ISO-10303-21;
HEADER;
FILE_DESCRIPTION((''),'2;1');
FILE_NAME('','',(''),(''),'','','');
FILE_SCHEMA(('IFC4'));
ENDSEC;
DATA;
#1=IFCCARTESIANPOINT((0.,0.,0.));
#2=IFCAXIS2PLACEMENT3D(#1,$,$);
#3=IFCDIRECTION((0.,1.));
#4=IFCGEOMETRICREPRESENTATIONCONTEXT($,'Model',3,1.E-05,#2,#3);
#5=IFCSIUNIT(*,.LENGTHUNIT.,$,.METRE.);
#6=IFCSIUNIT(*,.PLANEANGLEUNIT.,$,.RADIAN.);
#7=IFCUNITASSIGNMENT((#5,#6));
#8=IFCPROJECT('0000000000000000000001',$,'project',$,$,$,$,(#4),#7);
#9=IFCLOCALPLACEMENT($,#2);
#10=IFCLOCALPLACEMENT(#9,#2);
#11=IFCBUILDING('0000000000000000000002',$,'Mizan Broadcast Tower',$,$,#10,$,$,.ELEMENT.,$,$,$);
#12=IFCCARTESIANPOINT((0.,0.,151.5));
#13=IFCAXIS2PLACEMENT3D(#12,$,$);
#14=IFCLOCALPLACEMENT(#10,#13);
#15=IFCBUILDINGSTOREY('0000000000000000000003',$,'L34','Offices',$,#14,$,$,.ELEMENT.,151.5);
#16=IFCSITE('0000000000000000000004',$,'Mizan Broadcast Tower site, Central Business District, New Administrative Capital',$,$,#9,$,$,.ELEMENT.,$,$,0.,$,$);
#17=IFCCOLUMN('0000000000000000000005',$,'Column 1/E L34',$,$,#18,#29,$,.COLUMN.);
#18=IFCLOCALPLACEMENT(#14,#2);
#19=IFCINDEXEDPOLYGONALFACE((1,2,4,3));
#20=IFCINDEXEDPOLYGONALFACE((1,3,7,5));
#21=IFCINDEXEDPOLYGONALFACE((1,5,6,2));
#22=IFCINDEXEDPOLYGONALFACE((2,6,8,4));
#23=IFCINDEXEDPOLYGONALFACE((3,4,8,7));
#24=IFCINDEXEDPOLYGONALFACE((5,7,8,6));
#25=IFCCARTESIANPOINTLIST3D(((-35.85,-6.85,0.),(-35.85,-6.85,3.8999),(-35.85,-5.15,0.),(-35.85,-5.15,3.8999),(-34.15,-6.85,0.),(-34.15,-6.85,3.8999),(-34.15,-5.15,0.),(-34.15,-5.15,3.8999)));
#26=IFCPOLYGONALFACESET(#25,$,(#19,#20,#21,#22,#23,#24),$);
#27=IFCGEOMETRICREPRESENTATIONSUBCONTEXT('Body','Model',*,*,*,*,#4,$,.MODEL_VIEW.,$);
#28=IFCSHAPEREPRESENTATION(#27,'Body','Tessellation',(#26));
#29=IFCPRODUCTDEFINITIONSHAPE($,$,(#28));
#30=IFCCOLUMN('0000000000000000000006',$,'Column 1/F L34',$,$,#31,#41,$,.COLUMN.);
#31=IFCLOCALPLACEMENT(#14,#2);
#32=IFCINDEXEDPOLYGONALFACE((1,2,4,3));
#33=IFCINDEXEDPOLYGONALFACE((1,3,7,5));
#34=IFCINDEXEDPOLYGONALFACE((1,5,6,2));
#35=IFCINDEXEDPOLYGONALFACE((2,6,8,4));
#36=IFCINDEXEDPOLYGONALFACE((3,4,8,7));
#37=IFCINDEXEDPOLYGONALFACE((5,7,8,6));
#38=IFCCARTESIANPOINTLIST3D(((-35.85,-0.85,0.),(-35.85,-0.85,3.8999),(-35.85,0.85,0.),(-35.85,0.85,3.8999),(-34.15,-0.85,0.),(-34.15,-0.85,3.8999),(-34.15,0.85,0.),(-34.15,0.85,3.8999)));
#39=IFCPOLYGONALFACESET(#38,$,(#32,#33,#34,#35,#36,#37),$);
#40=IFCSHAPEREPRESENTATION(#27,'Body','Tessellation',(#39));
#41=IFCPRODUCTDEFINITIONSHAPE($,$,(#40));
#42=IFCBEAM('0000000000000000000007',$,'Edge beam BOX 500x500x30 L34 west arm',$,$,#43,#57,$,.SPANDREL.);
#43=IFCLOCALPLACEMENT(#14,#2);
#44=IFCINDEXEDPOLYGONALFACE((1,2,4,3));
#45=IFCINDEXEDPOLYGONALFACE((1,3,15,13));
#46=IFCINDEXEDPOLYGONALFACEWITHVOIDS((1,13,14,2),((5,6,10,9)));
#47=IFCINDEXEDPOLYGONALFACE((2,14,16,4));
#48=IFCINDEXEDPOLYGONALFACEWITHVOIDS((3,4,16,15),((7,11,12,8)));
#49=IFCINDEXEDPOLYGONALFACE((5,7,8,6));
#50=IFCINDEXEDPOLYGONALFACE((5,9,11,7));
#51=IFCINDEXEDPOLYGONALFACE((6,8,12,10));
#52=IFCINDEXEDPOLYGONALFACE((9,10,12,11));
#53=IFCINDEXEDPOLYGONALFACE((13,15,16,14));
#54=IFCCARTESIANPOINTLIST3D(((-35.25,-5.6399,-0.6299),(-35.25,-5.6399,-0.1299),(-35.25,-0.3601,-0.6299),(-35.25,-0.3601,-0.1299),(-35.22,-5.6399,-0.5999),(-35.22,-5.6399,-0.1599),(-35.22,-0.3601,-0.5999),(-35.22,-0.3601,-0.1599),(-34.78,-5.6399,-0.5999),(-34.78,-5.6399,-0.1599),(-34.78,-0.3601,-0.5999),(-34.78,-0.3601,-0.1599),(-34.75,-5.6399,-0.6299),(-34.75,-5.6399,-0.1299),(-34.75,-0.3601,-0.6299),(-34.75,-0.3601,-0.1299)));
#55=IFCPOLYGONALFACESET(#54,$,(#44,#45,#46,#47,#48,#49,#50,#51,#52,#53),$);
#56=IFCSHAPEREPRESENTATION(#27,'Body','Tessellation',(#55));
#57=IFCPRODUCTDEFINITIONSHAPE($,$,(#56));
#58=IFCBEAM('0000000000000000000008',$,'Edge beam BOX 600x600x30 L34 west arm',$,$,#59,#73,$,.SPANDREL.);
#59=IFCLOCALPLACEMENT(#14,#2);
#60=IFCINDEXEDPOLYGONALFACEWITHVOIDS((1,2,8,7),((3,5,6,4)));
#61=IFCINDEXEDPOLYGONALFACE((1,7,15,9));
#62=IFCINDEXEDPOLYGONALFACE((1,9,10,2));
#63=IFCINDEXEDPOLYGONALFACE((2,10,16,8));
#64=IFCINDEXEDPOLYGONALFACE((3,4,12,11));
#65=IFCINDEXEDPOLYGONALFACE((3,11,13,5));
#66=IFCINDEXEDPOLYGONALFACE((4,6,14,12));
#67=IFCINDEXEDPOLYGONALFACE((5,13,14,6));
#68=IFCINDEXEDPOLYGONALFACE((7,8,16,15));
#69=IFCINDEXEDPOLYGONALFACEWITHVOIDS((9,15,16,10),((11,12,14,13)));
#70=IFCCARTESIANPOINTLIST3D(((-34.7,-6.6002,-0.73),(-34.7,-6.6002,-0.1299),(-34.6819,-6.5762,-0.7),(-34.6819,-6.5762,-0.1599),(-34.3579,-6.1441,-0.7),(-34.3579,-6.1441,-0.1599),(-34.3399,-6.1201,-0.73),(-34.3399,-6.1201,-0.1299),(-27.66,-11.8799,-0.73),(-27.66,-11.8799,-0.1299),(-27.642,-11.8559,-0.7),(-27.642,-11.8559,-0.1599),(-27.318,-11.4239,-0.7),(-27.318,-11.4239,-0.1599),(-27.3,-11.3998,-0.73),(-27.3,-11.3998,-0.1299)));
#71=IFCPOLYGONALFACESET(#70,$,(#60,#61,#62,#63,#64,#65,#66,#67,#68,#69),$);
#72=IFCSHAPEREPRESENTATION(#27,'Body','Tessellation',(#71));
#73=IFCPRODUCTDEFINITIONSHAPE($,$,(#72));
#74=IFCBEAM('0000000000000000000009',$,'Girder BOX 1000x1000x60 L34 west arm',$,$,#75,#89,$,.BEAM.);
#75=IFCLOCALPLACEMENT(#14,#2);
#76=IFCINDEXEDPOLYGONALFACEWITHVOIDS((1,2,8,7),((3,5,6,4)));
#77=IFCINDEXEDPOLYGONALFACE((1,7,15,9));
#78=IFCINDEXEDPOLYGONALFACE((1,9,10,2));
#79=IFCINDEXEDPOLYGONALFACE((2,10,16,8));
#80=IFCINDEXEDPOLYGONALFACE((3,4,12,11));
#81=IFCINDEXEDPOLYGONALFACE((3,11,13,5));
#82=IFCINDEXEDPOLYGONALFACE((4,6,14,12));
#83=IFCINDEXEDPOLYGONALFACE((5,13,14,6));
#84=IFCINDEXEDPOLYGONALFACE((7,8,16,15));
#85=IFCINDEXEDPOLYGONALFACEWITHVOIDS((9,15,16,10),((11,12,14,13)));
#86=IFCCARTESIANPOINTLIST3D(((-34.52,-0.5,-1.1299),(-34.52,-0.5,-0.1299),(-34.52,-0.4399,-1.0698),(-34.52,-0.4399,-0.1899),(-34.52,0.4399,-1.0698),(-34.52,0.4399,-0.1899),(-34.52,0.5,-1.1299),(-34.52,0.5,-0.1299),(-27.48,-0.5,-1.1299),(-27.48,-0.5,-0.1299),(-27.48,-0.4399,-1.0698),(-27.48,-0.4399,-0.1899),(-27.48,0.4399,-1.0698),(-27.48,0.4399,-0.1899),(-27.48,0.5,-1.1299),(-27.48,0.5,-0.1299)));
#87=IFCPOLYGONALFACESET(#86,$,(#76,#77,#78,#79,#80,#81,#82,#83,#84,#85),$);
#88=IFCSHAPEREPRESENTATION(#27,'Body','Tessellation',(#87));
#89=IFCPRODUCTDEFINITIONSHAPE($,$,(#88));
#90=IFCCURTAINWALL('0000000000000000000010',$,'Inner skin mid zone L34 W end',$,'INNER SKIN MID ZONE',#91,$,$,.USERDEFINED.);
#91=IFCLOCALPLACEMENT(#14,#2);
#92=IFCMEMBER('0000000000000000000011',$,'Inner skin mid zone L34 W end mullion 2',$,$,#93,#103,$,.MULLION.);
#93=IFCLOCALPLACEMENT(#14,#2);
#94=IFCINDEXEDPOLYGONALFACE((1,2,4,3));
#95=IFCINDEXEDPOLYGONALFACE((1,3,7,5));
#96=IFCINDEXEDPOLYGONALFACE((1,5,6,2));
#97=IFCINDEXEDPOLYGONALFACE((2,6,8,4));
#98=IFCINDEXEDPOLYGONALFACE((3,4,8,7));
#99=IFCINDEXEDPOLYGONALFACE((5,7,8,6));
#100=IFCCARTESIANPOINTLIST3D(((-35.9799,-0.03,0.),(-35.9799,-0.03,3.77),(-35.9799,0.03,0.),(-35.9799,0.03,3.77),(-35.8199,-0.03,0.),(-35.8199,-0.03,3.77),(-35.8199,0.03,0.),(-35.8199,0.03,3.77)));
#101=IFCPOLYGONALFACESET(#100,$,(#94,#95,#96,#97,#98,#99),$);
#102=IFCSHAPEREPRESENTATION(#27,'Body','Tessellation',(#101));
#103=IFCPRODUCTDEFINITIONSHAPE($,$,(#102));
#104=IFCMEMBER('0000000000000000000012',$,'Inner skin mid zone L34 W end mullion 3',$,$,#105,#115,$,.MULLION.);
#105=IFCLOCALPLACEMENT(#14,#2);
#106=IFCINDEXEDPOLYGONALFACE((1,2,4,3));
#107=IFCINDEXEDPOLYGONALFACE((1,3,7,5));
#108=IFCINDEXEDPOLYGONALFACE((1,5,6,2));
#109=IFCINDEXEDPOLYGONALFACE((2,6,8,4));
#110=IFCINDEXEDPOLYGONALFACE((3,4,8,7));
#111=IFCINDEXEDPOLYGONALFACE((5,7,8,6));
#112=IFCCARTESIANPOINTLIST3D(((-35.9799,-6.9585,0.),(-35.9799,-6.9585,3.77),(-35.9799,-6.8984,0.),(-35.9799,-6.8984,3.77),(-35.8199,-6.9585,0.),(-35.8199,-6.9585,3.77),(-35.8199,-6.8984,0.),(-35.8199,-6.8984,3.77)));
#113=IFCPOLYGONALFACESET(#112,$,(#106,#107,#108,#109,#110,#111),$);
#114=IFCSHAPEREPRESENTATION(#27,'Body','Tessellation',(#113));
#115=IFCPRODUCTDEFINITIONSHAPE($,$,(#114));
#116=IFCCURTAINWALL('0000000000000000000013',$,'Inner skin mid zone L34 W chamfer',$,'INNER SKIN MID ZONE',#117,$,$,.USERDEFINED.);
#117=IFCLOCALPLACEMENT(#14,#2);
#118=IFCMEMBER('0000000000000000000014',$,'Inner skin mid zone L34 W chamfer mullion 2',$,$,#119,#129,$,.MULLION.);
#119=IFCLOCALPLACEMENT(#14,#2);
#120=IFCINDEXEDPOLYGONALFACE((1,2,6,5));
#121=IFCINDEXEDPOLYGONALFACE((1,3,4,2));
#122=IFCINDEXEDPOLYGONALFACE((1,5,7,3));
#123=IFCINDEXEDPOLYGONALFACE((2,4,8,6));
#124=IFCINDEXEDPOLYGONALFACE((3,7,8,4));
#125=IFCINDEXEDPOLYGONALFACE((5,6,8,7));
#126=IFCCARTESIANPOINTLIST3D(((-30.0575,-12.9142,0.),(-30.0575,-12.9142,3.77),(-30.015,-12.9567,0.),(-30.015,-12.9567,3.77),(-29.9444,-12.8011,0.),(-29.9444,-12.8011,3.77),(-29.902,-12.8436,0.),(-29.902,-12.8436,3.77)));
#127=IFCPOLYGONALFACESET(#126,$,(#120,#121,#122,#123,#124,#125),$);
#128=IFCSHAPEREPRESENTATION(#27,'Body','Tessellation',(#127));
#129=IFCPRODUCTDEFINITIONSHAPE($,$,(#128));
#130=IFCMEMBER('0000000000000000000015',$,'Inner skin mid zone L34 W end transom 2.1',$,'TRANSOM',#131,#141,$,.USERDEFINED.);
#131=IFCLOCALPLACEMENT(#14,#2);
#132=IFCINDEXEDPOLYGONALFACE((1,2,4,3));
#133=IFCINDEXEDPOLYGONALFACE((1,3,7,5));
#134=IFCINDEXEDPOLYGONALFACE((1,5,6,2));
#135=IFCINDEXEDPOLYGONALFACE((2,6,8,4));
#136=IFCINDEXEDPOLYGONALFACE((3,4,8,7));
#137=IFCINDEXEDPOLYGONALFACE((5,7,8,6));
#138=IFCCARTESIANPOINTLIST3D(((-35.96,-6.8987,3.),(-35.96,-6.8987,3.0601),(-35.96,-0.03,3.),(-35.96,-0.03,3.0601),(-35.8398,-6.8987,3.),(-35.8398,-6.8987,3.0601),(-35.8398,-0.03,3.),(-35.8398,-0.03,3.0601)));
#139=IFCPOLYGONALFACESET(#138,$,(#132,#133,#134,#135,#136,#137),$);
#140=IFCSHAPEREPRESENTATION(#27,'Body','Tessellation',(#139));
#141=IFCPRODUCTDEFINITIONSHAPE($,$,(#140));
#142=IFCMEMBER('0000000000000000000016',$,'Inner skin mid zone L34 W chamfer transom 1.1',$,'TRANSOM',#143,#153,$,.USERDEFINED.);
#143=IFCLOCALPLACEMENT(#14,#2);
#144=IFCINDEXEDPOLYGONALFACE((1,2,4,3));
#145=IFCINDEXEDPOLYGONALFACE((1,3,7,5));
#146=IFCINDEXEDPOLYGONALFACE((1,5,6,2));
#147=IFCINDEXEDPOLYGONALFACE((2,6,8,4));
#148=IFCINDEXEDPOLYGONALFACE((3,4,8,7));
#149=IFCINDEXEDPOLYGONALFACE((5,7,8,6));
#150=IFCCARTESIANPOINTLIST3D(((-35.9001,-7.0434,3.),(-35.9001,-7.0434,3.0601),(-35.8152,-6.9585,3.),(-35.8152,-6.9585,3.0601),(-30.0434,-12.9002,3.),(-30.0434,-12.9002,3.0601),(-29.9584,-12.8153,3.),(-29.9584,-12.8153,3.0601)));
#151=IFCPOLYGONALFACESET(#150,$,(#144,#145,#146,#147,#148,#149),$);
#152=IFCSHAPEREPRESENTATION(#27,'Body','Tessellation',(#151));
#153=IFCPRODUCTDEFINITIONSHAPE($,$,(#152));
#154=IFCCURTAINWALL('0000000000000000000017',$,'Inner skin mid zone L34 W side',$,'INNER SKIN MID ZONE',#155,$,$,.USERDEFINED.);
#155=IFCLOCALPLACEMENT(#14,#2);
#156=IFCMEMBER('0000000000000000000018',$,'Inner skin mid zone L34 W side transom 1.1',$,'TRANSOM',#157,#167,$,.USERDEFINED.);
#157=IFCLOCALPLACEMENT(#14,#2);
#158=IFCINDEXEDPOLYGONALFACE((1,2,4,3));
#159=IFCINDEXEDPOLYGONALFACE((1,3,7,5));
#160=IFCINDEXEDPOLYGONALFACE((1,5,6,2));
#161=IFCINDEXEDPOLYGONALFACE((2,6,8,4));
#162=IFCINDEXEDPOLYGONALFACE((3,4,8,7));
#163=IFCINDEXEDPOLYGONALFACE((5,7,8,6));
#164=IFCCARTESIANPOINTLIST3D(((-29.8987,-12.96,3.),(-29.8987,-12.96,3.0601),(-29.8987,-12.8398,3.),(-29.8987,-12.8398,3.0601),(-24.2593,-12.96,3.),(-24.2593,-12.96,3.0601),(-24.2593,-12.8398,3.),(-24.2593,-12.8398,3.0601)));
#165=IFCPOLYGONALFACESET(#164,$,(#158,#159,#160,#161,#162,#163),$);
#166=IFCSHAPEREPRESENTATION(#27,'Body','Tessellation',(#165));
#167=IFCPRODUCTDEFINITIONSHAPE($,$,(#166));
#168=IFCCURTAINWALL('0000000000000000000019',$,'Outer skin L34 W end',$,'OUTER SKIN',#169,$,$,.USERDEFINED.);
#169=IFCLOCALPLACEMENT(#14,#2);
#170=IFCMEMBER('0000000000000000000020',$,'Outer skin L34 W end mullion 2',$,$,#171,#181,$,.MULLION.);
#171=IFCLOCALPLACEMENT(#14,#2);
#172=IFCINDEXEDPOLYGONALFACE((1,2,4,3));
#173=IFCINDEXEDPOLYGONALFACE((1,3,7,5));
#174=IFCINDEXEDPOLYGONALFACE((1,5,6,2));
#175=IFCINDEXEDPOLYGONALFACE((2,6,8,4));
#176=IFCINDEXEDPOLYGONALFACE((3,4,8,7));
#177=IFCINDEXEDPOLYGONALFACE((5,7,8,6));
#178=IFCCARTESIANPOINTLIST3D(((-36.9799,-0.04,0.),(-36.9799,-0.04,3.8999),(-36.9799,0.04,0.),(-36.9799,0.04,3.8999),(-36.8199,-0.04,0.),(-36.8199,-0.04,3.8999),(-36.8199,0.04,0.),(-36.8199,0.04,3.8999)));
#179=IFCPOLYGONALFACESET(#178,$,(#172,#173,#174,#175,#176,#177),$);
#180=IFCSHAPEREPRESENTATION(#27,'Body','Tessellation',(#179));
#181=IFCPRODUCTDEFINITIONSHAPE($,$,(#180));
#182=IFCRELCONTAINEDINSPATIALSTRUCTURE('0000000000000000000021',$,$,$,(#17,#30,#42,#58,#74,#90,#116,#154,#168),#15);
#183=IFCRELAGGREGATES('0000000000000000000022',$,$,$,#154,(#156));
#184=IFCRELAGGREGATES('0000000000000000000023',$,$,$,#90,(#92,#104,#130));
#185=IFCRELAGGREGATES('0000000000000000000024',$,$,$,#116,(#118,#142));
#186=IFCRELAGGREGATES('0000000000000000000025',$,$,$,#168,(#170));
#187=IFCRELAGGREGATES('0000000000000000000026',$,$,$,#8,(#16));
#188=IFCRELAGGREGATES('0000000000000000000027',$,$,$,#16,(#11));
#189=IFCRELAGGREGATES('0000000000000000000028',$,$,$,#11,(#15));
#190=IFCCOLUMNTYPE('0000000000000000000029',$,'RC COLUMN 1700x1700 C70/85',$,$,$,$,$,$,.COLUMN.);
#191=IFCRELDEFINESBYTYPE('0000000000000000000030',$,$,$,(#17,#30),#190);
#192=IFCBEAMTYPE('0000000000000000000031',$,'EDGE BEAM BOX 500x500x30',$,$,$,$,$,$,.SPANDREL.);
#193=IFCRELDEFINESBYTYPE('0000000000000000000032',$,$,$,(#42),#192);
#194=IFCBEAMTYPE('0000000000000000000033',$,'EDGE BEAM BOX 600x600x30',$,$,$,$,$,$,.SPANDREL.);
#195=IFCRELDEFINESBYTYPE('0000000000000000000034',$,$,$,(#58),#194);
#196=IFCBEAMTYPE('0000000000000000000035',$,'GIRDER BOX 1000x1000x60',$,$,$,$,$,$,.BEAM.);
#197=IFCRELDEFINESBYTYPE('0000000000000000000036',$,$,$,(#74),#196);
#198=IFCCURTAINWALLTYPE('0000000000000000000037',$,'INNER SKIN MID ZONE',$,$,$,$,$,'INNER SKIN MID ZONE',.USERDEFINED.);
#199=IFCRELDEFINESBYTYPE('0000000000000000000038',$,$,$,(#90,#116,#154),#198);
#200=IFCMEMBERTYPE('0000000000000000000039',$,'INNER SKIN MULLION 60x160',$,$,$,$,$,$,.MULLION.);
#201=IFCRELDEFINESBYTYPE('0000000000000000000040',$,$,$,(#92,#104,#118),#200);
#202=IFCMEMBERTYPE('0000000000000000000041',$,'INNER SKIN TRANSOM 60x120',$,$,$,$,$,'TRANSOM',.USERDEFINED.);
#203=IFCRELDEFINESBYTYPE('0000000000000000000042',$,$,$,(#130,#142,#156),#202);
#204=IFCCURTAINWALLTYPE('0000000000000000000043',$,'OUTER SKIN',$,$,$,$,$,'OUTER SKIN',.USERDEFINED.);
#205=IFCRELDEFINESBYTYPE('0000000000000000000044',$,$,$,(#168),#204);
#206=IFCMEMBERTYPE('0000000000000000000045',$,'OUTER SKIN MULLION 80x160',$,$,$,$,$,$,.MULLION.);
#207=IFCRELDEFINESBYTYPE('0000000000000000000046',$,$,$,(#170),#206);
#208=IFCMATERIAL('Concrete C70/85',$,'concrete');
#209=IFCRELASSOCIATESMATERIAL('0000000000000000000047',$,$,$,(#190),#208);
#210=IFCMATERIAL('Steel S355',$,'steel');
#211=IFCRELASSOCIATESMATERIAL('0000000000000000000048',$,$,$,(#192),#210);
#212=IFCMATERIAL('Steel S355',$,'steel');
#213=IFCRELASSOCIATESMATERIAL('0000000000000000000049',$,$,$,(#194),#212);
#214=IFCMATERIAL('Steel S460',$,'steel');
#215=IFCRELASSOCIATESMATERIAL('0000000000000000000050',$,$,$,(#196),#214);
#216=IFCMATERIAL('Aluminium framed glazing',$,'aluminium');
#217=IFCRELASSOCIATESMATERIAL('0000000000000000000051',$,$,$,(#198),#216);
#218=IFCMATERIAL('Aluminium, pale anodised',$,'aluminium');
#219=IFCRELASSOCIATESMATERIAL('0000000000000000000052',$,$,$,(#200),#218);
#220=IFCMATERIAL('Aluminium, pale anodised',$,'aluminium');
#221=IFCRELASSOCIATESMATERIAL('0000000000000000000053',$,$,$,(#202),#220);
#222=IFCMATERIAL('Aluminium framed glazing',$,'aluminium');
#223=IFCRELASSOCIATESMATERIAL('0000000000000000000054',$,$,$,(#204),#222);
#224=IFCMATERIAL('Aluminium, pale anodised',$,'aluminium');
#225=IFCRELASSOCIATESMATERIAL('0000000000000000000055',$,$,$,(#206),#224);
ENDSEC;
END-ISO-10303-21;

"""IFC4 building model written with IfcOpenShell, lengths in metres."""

from ifc_helpers import new_model, si_unit, direction, frame, origin, origin_2d, place, context, subcontext, project, spatial, rectangle, hollow_rectangle, extrude, material, material_profile, profile_set, type_object, element, aggregate, save


model = new_model("IFC4")

# Units and contexts
model_context = context("Model", 3, precision=1e-05, world=origin(), true_north=direction((0.0, 1.0)))
body_context = subcontext(model_context, "Body", "Model", "MODEL_VIEW")
ifc_project = project(units=[si_unit("LENGTHUNIT", "METRE"), si_unit("PLANEANGLEUNIT", "RADIAN")], contexts=[model_context])

# Site, building, storey
site_placement = place(None, origin())
site = spatial("IfcSite", under=ifc_project, at=site_placement, Name="Mizan Broadcast Tower site, Central Business District, New Administrative Capital", CompositionType="ELEMENT", RefElevation=0.0)
building_placement = place(site_placement, origin())
building = spatial("IfcBuilding", under=site, at=building_placement, Name="Mizan Broadcast Tower", CompositionType="ELEMENT")
storey_placement = place(building_placement, frame((0.0, 0.0, 151.5)))
storey = spatial("IfcBuildingStorey", under=building, at=storey_placement, Name="L34", Description="Offices", CompositionType="ELEMENT", Elevation=151.5)

# Columns
ifc_material_1 = material(Name="Concrete C70/85", Category="concrete")
ifc_material_profile_1 = material_profile(ifc_material_1, rectangle(XDim=1.7, YDim=1.7, at=origin_2d()), Name="RC 1700x1700")
ifc_profile_set_1 = profile_set([ifc_material_profile_1], Name="Concrete C70/85")
column_type = type_object("IfcColumnType", Name="RC COLUMN 1700x1700 C70/85", PredefinedType="COLUMN", material=ifc_profile_set_1)
for number, where, z_axis, x_axis, name in (
    (1, (-35.0, -6.0, 0.0), (0.0, 0.0, 1.0), (1.0, 0.0, 0.0), "Column 1/E L34"),
    (2, (-35.0, 0.0, 0.0), (0.0, 0.0, 1.0), (1.0, 0.0, 0.0), "Column 1/F L34"),
):
    element("IfcColumn", number, at=place(storey_placement, frame(where, z_axis=z_axis, x_axis=x_axis)), inside=storey, type_object=column_type, Name=name, PredefinedType="COLUMN", context=body_context, shape_type="SweptSolid", body=[
        extrude(rectangle(XDim=1.7, YDim=1.7, at=origin_2d()), origin(), (0.0, 0.0, 1.0), 3.8999),
    ])

# Beams
ifc_material_2 = material(Name="Steel S355", Category="steel")
ifc_material_profile_2 = material_profile(ifc_material_2, hollow_rectangle(XDim=0.5, YDim=0.5, WallThickness=0.03, at=origin_2d()), Name="BOX 500x500x30")
ifc_profile_set_2 = profile_set([ifc_material_profile_2], Name="Steel S355")
beam_type_1 = type_object("IfcBeamType", Name="EDGE BEAM BOX 500x500x30", PredefinedType="SPANDREL", material=ifc_profile_set_2)
beam_1_placement = place(storey_placement, frame((-35.0, -5.6399, -0.3799), z_axis=(0.0, 1.0, 0.0), x_axis=(-1.0, 0.0, 0.0)))
element("IfcBeam", 3, at=beam_1_placement, inside=storey, type_object=beam_type_1, Name="Edge beam BOX 500x500x30 L34 west arm", PredefinedType="SPANDREL", context=body_context, shape_type="SweptSolid", body=[
    extrude(hollow_rectangle(XDim=0.5, YDim=0.5, WallThickness=0.03, at=origin_2d()), origin(), (0.0, 0.0, 1.0), 5.2798),
])
ifc_material_3 = material(Name="Steel S355", Category="steel")
ifc_material_profile_3 = material_profile(ifc_material_3, hollow_rectangle(XDim=0.6001, YDim=0.6001, WallThickness=0.03, at=origin_2d()), Name="BOX 600x600x30")
ifc_profile_set_3 = profile_set([ifc_material_profile_3], Name="Steel S355")
beam_type_2 = type_object("IfcBeamType", Name="EDGE BEAM BOX 600x600x30", PredefinedType="SPANDREL", material=ifc_profile_set_3)
beam_2_placement = place(storey_placement, frame((-27.48, -11.6399, -0.4299), z_axis=(-0.800013, 0.599982, 0.0), x_axis=(-0.599982, -0.800013, 0.0)))
element("IfcBeam", 4, at=beam_2_placement, inside=storey, type_object=beam_type_2, Name="Edge beam BOX 600x600x30 L34 west arm", PredefinedType="SPANDREL", context=body_context, shape_type="SweptSolid", body=[
    extrude(hollow_rectangle(XDim=0.6001, YDim=0.6001, WallThickness=0.03, at=origin_2d()), origin(), (0.0, 0.0, 1.0), 8.7998),
])
ifc_material_4 = material(Name="Steel S460", Category="steel")
ifc_material_profile_4 = material_profile(ifc_material_4, hollow_rectangle(XDim=1.0, YDim=1.0, WallThickness=0.0601, at=origin_2d()), Name="BOX 1000x1000x60")
ifc_profile_set_4 = profile_set([ifc_material_profile_4], Name="Steel S460")
beam_type_3 = type_object("IfcBeamType", Name="GIRDER BOX 1000x1000x60", PredefinedType="BEAM", material=ifc_profile_set_4)
beam_3_placement = place(storey_placement, frame((-27.48, 0.0, -0.6299), z_axis=(-1.0, 0.0, 0.0), x_axis=(0.0, -1.0, 0.0)))
element("IfcBeam", 5, at=beam_3_placement, inside=storey, type_object=beam_type_3, Name="Girder BOX 1000x1000x60 L34 west arm", PredefinedType="BEAM", context=body_context, shape_type="SweptSolid", body=[
    extrude(hollow_rectangle(XDim=1.0, YDim=1.0, WallThickness=0.0601, at=origin_2d()), origin(), (0.0, 0.0, 1.0), 7.04),
])

# Curtain wall, members
ifc_material_5 = material(Name="Aluminium framed glazing", Category="aluminium")
curtain_wall_type_1 = type_object("IfcCurtainWallType", Name="INNER SKIN MID ZONE", ElementType="INNER SKIN MID ZONE", PredefinedType="USERDEFINED", material=ifc_material_5)
curtain_wall_1_placement = place(storey_placement, origin())
curtain_wall_1 = element("IfcCurtainWall", 6, at=curtain_wall_1_placement, inside=storey, type_object=curtain_wall_type_1, Name="Inner skin mid zone L34 W end", ObjectType="INNER SKIN MID ZONE", PredefinedType="USERDEFINED")
ifc_material_6 = material(Name="Aluminium, pale anodised", Category="aluminium")
ifc_material_profile_5 = material_profile(ifc_material_6, rectangle(XDim=0.1599, YDim=0.0601, at=origin_2d()), Name="MULLION 160x60")
ifc_profile_set_5 = profile_set([ifc_material_profile_5], Name="Aluminium, pale anodised")
member_type_1 = type_object("IfcMemberType", Name="INNER SKIN MULLION 60x160", PredefinedType="MULLION", material=ifc_profile_set_5)
member_1_placement = place(storey_placement, frame((-35.8999, 0.0, 0.0), z_axis=(0.0, 0.0, 1.0), x_axis=(1.0, 0.0, 0.0)))
member_1 = element("IfcMember", 7, at=member_1_placement, type_object=member_type_1, Name="Inner skin mid zone L34 W end mullion 2", PredefinedType="MULLION", context=body_context, shape_type="SweptSolid", body=[
    extrude(rectangle(XDim=0.1599, YDim=0.0601, at=origin_2d()), origin(), (0.0, 0.0, 1.0), 3.77),
])
member_2_placement = place(storey_placement, frame((-35.8999, -6.9285, 0.0), z_axis=(0.0, 0.0, 1.0), x_axis=(1.0, 0.0, 0.0)))
member_2 = element("IfcMember", 8, at=member_2_placement, type_object=member_type_1, Name="Inner skin mid zone L34 W end mullion 3", PredefinedType="MULLION", context=body_context, shape_type="SweptSolid", body=[
    extrude(rectangle(XDim=0.1599, YDim=0.0601, at=origin_2d()), origin(), (0.0, 0.0, 1.0), 3.77),
])

# Curtain wall, member
curtain_wall_2_placement = place(storey_placement, origin())
curtain_wall_2 = element("IfcCurtainWall", 9, at=curtain_wall_2_placement, inside=storey, type_object=curtain_wall_type_1, Name="Inner skin mid zone L34 W chamfer", ObjectType="INNER SKIN MID ZONE", PredefinedType="USERDEFINED")
member_3_placement = place(storey_placement, frame((-29.9797, -12.8789, 0.0), z_axis=(0.0, 0.0, 1.0), x_axis=(0.707107, 0.707107, 0.0)))
member_3 = element("IfcMember", 10, at=member_3_placement, type_object=member_type_1, Name="Inner skin mid zone L34 W chamfer mullion 2", PredefinedType="MULLION", context=body_context, shape_type="SweptSolid", body=[
    extrude(rectangle(XDim=0.1599, YDim=0.0601, at=origin_2d()), origin(), (0.0, 0.0, 1.0), 3.77),
])

# Members
ifc_material_7 = material(Name="Aluminium, pale anodised", Category="aluminium")
ifc_material_profile_6 = material_profile(ifc_material_7, rectangle(XDim=0.1201, YDim=0.0601, at=origin_2d()), Name="TRANSOM 120x60")
ifc_profile_set_6 = profile_set([ifc_material_profile_6], Name="Aluminium, pale anodised")
member_type_2 = type_object("IfcMemberType", Name="INNER SKIN TRANSOM 60x120", ElementType="TRANSOM", PredefinedType="USERDEFINED", material=ifc_profile_set_6)
member_4_placement = place(storey_placement, frame((-35.8999, -0.03, 3.03), z_axis=(0.0, -1.0, 0.0), x_axis=(1.0, 0.0, 0.0)))
member_4 = element("IfcMember", 11, at=member_4_placement, type_object=member_type_2, Name="Inner skin mid zone L34 W end transom 2.1", ObjectType="TRANSOM", PredefinedType="USERDEFINED", context=body_context, shape_type="SweptSolid", body=[
    extrude(rectangle(XDim=0.1201, YDim=0.0601, at=origin_2d()), origin(), (0.0, 0.0, 1.0), 6.8687),
])
member_5_placement = place(storey_placement, frame((-35.8577, -7.001, 3.03), z_axis=(0.707107, -0.707107, 0.0), x_axis=(0.707107, 0.707107, 0.0)))
member_5 = element("IfcMember", 12, at=member_5_placement, type_object=member_type_2, Name="Inner skin mid zone L34 W chamfer transom 1.1", ObjectType="TRANSOM", PredefinedType="USERDEFINED", context=body_context, shape_type="SweptSolid", body=[
    extrude(rectangle(XDim=0.1201, YDim=0.0601, at=origin_2d()), origin(), (0.0, 0.0, 1.0), 8.2827),
])

# Curtain wall, member
curtain_wall_3_placement = place(storey_placement, origin())
curtain_wall_3 = element("IfcCurtainWall", 13, at=curtain_wall_3_placement, inside=storey, type_object=curtain_wall_type_1, Name="Inner skin mid zone L34 W side", ObjectType="INNER SKIN MID ZONE", PredefinedType="USERDEFINED")
member_6_placement = place(storey_placement, frame((-29.8987, -12.8999, 3.03), z_axis=(1.0, 0.0, 0.0), x_axis=(0.0, 1.0, 0.0)))
member_6 = element("IfcMember", 14, at=member_6_placement, type_object=member_type_2, Name="Inner skin mid zone L34 W side transom 1.1", ObjectType="TRANSOM", PredefinedType="USERDEFINED", context=body_context, shape_type="SweptSolid", body=[
    extrude(rectangle(XDim=0.1201, YDim=0.0601, at=origin_2d()), origin(), (0.0, 0.0, 1.0), 5.6394),
])
aggregate(curtain_wall_3, [member_6])

# Curtain wall, member
ifc_material_8 = material(Name="Aluminium framed glazing", Category="aluminium")
curtain_wall_type_2 = type_object("IfcCurtainWallType", Name="OUTER SKIN", ElementType="OUTER SKIN", PredefinedType="USERDEFINED", material=ifc_material_8)
curtain_wall_4_placement = place(storey_placement, origin())
curtain_wall_4 = element("IfcCurtainWall", 15, at=curtain_wall_4_placement, inside=storey, type_object=curtain_wall_type_2, Name="Outer skin L34 W end", ObjectType="OUTER SKIN", PredefinedType="USERDEFINED")
ifc_material_9 = material(Name="Aluminium, pale anodised", Category="aluminium")
ifc_material_profile_7 = material_profile(ifc_material_9, rectangle(XDim=0.1599, YDim=0.0801, at=origin_2d()), Name="MULLION 160x80")
ifc_profile_set_7 = profile_set([ifc_material_profile_7], Name="Aluminium, pale anodised")
member_type_3 = type_object("IfcMemberType", Name="OUTER SKIN MULLION 80x160", PredefinedType="MULLION", material=ifc_profile_set_7)
member_7_placement = place(storey_placement, frame((-36.8999, 0.0, 0.0), z_axis=(0.0, 0.0, 1.0), x_axis=(1.0, 0.0, 0.0)))
member_7 = element("IfcMember", 16, at=member_7_placement, type_object=member_type_3, Name="Outer skin L34 W end mullion 2", PredefinedType="MULLION", context=body_context, shape_type="SweptSolid", body=[
    extrude(rectangle(XDim=0.1599, YDim=0.0801, at=origin_2d()), origin(), (0.0, 0.0, 1.0), 3.8999),
])

aggregate(curtain_wall_1, [member_1, member_2, member_4])
aggregate(curtain_wall_2, [member_3, member_5])
aggregate(curtain_wall_4, [member_7])

save(model, "model.ifc")
